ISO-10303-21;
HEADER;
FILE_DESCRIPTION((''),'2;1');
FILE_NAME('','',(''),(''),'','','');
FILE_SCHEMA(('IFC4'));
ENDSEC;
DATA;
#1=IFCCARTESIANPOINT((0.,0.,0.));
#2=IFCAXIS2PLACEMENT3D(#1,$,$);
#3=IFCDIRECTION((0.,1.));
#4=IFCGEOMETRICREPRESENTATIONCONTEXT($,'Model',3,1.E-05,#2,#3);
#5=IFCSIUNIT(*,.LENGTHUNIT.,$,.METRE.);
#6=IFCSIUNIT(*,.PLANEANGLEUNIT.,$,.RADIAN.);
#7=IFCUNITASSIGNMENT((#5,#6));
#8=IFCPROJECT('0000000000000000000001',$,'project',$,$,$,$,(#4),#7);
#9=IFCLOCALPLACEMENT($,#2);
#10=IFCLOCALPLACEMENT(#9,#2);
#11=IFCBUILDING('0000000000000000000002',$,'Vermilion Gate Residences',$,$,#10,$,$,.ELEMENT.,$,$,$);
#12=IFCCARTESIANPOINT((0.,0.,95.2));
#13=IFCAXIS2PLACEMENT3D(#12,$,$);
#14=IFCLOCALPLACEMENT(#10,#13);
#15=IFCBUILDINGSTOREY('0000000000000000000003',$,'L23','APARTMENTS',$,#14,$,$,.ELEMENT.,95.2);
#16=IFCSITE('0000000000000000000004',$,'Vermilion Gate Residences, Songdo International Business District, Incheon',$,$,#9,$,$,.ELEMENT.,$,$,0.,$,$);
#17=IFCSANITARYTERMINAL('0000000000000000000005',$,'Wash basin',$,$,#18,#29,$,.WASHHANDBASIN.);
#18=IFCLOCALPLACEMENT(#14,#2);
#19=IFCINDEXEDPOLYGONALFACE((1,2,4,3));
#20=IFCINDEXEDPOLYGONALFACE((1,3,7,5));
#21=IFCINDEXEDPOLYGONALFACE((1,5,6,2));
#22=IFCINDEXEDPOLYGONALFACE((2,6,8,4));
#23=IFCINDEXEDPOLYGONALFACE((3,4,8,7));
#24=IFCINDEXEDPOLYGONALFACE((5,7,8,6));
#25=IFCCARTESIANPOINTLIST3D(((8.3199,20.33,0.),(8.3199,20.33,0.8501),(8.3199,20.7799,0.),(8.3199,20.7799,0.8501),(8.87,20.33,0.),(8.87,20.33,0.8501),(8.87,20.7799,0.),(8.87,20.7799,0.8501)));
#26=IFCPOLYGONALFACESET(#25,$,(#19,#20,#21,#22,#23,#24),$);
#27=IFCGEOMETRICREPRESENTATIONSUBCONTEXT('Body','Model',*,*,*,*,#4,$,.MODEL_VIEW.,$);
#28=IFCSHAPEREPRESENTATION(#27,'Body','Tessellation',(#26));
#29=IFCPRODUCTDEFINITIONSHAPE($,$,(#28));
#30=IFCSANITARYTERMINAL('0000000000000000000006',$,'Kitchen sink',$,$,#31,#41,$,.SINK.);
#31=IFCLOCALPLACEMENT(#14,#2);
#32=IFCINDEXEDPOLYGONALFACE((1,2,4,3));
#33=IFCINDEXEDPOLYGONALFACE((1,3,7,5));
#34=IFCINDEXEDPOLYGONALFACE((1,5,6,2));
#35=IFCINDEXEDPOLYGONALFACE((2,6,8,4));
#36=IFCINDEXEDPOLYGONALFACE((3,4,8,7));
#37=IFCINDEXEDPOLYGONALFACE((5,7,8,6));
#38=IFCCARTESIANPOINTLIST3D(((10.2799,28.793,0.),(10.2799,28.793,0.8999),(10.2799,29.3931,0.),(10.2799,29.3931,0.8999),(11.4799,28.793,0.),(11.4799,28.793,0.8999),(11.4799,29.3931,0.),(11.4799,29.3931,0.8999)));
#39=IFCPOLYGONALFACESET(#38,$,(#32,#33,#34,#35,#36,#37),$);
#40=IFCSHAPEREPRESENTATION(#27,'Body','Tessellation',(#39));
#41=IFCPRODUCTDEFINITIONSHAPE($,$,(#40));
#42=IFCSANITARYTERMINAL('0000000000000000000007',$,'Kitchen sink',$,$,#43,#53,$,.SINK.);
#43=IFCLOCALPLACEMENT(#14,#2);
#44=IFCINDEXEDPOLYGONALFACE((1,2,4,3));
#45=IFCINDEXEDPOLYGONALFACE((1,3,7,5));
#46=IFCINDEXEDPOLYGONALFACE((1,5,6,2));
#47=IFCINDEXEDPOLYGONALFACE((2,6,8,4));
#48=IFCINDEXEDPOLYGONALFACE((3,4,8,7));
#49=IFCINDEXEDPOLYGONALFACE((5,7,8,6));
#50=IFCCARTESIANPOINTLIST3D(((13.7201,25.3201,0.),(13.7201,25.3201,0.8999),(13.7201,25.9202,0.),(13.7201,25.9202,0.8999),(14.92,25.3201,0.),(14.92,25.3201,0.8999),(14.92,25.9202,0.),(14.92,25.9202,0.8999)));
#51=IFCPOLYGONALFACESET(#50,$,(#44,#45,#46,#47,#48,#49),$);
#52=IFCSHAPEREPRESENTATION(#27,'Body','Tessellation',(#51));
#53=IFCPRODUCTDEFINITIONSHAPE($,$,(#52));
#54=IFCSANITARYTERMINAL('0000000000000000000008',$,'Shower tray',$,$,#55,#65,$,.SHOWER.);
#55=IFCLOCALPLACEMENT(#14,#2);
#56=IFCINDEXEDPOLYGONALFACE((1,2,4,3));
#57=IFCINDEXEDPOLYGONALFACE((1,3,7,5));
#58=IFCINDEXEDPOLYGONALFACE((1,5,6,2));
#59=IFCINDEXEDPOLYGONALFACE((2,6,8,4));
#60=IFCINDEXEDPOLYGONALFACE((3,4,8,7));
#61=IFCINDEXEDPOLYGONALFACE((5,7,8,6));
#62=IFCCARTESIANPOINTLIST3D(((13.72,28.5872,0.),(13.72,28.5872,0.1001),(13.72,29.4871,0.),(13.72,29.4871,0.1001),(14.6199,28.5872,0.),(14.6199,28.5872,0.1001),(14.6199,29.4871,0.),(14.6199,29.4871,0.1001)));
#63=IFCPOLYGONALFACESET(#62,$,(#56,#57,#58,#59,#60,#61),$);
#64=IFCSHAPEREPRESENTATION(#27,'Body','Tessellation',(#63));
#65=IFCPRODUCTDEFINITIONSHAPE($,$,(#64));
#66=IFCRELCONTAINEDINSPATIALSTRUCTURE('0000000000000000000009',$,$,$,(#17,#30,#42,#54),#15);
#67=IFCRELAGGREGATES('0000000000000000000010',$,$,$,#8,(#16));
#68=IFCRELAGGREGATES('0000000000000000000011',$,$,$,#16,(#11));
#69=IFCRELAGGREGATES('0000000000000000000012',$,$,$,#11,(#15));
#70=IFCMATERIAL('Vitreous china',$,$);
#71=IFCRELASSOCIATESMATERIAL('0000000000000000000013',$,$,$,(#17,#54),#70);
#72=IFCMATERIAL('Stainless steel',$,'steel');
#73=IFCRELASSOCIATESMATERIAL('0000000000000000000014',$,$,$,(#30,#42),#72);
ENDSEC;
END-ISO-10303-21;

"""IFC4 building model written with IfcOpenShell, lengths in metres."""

from ifc_helpers import new_model, si_unit, direction, frame, origin, origin_2d, place, context, subcontext, project, spatial, rectangle, extrude, material, element, save


model = new_model("IFC4")

# Units and contexts
model_context = context("Model", 3, precision=1e-05, world=origin(), true_north=direction((0.0, 1.0)))
body_context = subcontext(model_context, "Body", "Model", "MODEL_VIEW")
ifc_project = project(units=[si_unit("LENGTHUNIT", "METRE"), si_unit("PLANEANGLEUNIT", "RADIAN")], contexts=[model_context])

# Site, building, storey
site_placement = place(None, origin())
site = spatial("IfcSite", under=ifc_project, at=site_placement, Name="Vermilion Gate Residences, Songdo International Business District, Incheon", CompositionType="ELEMENT", RefElevation=0.0)
building_placement = place(site_placement, origin())
building = spatial("IfcBuilding", under=site, at=building_placement, Name="Vermilion Gate Residences", CompositionType="ELEMENT")
storey_placement = place(building_placement, frame((0.0, 0.0, 95.2)))
storey = spatial("IfcBuildingStorey", under=building, at=storey_placement, Name="L23", Description="APARTMENTS", CompositionType="ELEMENT", Elevation=95.2)

# Sanitary terminals
ifc_material_1 = material(Name="Vitreous china")
sanitary_terminal_1_placement = place(storey_placement, frame((8.595, 20.5549, 0.0), z_axis=(0.0, 0.0, 1.0), x_axis=(1.0, 0.0, 0.0)))
element("IfcSanitaryTerminal", 1, at=sanitary_terminal_1_placement, inside=storey, material=ifc_material_1, Name="Wash basin", PredefinedType="WASHHANDBASIN", context=body_context, shape_type="SweptSolid", body=[
    extrude(rectangle(XDim=0.55, YDim=0.45, at=origin_2d()), origin(), (0.0, 0.0, 1.0), 0.8501),
])
ifc_material_2 = material(Name="Stainless steel", Category="steel")
for number, where, z_axis, x_axis, name in (
    (2, (10.8799, 29.093, 0.0), (0.0, 0.0, 1.0), (1.0, 0.0, 0.0), "Kitchen sink"),
    (3, (14.3201, 25.6201, 0.0), (0.0, 0.0, 1.0), (1.0, 0.0, 0.0), "Kitchen sink"),
):
    element("IfcSanitaryTerminal", number, at=place(storey_placement, frame(where, z_axis=z_axis, x_axis=x_axis)), inside=storey, material=ifc_material_2, Name=name, PredefinedType="SINK", context=body_context, shape_type="SweptSolid", body=[
        extrude(rectangle(XDim=1.2, YDim=0.6001, at=origin_2d()), origin(), (0.0, 0.0, 1.0), 0.8999),
    ])
sanitary_terminal_2_placement = place(storey_placement, frame((14.1699, 29.0371, 0.0), z_axis=(0.0, 0.0, 1.0), x_axis=(1.0, 0.0, 0.0)))
element("IfcSanitaryTerminal", 4, at=sanitary_terminal_2_placement, inside=storey, material=ifc_material_1, Name="Shower tray", PredefinedType="SHOWER", context=body_context, shape_type="SweptSolid", body=[
    extrude(rectangle(XDim=0.8999, YDim=0.8999, at=origin_2d()), origin(), (0.0, 0.0, 1.0), 0.1001),
])

save(model, "model.ifc")
